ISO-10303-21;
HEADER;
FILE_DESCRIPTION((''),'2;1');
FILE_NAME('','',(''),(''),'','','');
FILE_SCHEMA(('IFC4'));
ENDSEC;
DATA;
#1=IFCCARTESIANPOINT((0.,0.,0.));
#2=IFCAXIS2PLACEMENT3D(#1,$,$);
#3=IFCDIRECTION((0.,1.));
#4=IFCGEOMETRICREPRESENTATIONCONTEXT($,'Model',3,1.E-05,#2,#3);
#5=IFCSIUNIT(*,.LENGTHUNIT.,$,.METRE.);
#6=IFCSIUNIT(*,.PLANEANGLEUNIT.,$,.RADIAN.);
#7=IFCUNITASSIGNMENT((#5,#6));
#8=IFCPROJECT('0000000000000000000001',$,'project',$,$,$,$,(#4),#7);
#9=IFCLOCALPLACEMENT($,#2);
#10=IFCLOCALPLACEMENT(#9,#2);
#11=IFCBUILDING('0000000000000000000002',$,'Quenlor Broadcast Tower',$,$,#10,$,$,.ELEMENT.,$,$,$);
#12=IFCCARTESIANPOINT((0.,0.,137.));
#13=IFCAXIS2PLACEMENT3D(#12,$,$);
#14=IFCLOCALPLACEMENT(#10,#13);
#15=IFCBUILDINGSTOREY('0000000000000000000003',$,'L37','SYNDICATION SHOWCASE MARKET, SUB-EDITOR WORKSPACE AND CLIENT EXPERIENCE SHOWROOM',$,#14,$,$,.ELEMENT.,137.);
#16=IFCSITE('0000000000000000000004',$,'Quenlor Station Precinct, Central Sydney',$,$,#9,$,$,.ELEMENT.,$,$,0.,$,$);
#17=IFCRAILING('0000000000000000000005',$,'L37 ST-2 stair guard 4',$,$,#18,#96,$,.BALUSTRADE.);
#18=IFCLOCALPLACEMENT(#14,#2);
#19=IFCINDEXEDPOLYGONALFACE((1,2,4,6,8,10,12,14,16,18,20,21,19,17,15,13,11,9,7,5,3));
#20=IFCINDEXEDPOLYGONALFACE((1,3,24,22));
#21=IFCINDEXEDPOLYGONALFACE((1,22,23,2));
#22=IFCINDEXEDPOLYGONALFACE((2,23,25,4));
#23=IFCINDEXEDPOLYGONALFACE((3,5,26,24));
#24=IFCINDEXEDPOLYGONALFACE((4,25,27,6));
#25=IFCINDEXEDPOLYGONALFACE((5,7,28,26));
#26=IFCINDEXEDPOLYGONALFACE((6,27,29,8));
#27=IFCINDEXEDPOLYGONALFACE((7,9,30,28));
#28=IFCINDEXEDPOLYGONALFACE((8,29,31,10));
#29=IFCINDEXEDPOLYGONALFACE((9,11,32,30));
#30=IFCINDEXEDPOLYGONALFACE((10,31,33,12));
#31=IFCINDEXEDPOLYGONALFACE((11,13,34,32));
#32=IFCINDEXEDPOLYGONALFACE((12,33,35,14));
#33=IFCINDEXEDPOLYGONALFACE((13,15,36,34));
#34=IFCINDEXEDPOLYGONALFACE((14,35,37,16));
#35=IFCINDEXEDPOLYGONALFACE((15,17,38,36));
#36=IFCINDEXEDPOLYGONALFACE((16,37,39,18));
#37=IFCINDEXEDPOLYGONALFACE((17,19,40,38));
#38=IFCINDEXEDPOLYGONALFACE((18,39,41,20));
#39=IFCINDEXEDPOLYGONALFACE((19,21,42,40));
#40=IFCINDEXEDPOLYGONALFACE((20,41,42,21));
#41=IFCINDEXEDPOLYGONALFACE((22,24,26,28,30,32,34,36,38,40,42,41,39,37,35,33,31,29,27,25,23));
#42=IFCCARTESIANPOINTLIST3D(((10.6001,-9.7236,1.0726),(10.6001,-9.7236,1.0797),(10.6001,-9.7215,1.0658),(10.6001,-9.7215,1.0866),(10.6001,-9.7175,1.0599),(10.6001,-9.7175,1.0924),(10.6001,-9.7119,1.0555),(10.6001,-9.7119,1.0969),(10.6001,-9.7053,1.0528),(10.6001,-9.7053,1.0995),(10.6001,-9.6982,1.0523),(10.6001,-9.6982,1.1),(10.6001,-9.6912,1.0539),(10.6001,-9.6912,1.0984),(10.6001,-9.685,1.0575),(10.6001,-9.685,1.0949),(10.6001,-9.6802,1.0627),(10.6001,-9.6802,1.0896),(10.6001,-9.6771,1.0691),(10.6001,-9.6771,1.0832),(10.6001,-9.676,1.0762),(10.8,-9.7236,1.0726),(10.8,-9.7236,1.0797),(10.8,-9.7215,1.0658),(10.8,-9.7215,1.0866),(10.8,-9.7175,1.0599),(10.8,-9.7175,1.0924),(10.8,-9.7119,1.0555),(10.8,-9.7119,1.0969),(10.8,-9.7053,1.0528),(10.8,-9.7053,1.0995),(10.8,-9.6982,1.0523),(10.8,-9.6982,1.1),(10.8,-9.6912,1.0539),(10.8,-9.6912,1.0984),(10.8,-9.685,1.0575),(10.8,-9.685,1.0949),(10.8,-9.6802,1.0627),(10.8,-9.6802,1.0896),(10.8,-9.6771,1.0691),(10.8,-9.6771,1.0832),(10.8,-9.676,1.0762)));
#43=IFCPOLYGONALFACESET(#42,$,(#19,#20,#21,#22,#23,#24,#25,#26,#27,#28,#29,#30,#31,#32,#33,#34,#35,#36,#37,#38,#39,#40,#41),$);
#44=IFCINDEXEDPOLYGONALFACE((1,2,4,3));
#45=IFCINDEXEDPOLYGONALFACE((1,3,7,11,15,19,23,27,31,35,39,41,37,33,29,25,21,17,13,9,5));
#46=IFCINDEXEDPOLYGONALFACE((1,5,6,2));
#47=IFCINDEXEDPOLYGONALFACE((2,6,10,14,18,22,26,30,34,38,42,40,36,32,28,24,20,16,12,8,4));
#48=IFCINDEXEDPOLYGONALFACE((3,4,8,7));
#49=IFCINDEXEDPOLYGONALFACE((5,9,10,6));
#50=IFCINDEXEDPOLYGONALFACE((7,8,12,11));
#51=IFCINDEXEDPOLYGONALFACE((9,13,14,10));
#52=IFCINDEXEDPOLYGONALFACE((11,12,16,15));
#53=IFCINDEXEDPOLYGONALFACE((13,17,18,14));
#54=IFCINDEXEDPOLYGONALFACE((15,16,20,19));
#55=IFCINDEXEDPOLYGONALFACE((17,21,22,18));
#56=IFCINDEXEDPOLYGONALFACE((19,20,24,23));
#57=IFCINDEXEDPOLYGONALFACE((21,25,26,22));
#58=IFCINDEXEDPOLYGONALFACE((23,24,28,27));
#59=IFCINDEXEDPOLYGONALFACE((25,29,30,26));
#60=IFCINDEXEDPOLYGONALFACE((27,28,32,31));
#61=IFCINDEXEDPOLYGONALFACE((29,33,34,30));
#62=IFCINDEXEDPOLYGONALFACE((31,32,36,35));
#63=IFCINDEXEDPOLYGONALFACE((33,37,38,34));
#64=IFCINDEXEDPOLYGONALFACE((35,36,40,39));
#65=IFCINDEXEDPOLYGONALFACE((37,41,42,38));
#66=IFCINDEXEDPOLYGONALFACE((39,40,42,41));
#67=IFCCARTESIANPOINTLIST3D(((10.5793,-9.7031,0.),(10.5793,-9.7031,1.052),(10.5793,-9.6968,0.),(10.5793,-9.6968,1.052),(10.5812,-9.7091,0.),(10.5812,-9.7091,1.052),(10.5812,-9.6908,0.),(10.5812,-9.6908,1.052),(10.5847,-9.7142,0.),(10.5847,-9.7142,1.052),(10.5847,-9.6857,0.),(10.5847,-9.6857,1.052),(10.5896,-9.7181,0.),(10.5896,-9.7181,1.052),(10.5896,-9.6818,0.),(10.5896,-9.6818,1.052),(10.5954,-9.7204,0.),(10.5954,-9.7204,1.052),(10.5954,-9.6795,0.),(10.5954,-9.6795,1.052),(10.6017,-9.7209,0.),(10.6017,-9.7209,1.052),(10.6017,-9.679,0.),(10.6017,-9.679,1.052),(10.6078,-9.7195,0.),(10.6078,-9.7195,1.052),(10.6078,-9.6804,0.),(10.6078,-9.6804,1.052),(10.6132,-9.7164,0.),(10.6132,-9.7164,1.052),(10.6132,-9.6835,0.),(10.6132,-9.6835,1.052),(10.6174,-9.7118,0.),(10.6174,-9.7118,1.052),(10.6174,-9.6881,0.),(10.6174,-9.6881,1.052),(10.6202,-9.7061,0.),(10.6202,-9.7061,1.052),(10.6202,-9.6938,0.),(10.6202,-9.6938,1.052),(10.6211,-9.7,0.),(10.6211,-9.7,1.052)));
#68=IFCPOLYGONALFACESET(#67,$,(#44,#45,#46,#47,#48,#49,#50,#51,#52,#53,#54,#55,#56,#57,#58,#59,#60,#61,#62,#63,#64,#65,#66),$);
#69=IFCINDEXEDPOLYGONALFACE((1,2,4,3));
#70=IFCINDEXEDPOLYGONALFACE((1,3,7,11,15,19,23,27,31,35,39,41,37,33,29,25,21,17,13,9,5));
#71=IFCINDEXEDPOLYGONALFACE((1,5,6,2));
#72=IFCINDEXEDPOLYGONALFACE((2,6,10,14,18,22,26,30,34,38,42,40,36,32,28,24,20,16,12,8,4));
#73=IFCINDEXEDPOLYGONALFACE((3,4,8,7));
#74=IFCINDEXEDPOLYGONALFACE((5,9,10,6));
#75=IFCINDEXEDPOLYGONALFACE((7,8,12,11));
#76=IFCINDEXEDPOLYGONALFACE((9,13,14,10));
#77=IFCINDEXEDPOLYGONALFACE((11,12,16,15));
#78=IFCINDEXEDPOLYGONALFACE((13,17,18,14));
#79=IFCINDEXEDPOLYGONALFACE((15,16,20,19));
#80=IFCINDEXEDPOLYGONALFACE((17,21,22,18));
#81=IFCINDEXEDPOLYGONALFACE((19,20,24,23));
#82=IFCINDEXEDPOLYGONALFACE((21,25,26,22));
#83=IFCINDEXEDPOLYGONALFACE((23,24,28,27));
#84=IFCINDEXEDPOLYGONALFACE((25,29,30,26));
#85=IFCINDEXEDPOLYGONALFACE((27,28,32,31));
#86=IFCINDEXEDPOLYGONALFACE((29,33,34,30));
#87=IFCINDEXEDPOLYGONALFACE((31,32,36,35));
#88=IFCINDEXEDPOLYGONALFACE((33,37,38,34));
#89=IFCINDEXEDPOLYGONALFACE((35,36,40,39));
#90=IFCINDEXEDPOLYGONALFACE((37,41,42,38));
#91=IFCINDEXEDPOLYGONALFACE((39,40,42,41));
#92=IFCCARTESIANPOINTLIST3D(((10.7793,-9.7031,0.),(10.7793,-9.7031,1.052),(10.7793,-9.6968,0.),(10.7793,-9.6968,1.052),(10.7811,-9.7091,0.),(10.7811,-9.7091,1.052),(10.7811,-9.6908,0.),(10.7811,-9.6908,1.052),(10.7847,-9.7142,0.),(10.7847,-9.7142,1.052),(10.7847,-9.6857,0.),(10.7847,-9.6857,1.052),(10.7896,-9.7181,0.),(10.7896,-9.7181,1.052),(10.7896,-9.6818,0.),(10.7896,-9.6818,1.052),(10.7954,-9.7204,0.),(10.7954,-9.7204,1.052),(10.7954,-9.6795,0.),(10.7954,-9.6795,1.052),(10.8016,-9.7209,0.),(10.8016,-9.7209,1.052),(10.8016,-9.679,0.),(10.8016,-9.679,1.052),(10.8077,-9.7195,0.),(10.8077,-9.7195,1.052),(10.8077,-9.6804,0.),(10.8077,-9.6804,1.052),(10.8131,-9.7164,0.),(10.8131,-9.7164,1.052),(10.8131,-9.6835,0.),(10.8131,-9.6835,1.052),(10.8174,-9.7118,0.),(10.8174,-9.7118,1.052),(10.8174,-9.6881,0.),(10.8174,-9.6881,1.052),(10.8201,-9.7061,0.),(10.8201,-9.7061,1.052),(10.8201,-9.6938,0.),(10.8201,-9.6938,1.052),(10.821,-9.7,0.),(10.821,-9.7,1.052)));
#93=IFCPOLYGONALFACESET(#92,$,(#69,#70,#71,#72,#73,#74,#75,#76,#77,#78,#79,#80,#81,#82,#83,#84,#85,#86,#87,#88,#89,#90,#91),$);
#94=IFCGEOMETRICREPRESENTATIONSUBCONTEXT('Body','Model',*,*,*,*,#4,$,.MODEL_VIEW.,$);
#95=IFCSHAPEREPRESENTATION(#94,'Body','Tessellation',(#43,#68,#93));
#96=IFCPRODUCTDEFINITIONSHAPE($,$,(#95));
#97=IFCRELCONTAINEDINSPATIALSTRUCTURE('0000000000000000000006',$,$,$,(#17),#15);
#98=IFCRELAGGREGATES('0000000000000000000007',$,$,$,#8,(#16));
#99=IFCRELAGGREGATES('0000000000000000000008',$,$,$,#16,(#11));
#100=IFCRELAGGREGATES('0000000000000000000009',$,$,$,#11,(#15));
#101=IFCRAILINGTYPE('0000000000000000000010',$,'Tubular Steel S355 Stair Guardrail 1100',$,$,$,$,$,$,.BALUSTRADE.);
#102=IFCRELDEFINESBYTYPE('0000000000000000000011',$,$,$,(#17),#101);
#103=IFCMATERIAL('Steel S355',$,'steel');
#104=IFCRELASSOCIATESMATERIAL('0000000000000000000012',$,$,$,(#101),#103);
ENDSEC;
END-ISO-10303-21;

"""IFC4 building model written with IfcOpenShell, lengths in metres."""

from ifc_helpers import new_model, si_unit, direction, frame, origin, origin_2d, place, context, subcontext, project, spatial, circle, extrude, material, type_object, element, save


model = new_model("IFC4")

# Units and contexts
model_context = context("Model", 3, precision=1e-05, world=origin(), true_north=direction((0.0, 1.0)))
body_context = subcontext(model_context, "Body", "Model", "MODEL_VIEW")
ifc_project = project(units=[si_unit("LENGTHUNIT", "METRE"), si_unit("PLANEANGLEUNIT", "RADIAN")], contexts=[model_context])

# Site, building, storey
site_placement = place(None, origin())
site = spatial("IfcSite", under=ifc_project, at=site_placement, Name="Quenlor Station Precinct, Central Sydney", CompositionType="ELEMENT", RefElevation=0.0)
building_placement = place(site_placement, origin())
building = spatial("IfcBuilding", under=site, at=building_placement, Name="Quenlor Broadcast Tower", CompositionType="ELEMENT")
storey_placement = place(building_placement, frame((0.0, 0.0, 137.0)))
storey = spatial("IfcBuildingStorey", under=building, at=storey_placement, Name="L37", Description="SYNDICATION SHOWCASE MARKET, SUB-EDITOR WORKSPACE AND CLIENT EXPERIENCE SHOWROOM", CompositionType="ELEMENT", Elevation=137.0)

# Railing
ifc_material_1 = material(Name="Steel S355", Category="steel")
railing_type_1 = type_object("IfcRailingType", Name="Tubular Steel S355 Stair Guardrail 1100", PredefinedType="BALUSTRADE", material=ifc_material_1)
railing_1_placement = place(storey_placement, frame((10.6001, -9.7, 0.0)))
element("IfcRailing", 1, at=railing_1_placement, inside=storey, type_object=railing_type_1, Name="L37 ST-2 stair guard 4", PredefinedType="BALUSTRADE", context=body_context, shape_type="SweptSolid", body=[
    extrude(circle(Radius=0.0239, at=origin_2d()), frame((0.0, 0.0, 1.0762), z_axis=(1.0, 0.0, 0.0), x_axis=(0.0, 1.0, 0.0)), (0.0, 0.0, 1.0), 0.2),
    extrude(circle(Radius=0.021, at=origin_2d()), origin(), (0.0, 0.0, 1.0), 1.052),
    extrude(circle(Radius=0.021, at=origin_2d()), frame((0.2, 0.0, 0.0)), (0.0, 0.0, 1.0), 1.052),
])

save(model, "model.ifc")
